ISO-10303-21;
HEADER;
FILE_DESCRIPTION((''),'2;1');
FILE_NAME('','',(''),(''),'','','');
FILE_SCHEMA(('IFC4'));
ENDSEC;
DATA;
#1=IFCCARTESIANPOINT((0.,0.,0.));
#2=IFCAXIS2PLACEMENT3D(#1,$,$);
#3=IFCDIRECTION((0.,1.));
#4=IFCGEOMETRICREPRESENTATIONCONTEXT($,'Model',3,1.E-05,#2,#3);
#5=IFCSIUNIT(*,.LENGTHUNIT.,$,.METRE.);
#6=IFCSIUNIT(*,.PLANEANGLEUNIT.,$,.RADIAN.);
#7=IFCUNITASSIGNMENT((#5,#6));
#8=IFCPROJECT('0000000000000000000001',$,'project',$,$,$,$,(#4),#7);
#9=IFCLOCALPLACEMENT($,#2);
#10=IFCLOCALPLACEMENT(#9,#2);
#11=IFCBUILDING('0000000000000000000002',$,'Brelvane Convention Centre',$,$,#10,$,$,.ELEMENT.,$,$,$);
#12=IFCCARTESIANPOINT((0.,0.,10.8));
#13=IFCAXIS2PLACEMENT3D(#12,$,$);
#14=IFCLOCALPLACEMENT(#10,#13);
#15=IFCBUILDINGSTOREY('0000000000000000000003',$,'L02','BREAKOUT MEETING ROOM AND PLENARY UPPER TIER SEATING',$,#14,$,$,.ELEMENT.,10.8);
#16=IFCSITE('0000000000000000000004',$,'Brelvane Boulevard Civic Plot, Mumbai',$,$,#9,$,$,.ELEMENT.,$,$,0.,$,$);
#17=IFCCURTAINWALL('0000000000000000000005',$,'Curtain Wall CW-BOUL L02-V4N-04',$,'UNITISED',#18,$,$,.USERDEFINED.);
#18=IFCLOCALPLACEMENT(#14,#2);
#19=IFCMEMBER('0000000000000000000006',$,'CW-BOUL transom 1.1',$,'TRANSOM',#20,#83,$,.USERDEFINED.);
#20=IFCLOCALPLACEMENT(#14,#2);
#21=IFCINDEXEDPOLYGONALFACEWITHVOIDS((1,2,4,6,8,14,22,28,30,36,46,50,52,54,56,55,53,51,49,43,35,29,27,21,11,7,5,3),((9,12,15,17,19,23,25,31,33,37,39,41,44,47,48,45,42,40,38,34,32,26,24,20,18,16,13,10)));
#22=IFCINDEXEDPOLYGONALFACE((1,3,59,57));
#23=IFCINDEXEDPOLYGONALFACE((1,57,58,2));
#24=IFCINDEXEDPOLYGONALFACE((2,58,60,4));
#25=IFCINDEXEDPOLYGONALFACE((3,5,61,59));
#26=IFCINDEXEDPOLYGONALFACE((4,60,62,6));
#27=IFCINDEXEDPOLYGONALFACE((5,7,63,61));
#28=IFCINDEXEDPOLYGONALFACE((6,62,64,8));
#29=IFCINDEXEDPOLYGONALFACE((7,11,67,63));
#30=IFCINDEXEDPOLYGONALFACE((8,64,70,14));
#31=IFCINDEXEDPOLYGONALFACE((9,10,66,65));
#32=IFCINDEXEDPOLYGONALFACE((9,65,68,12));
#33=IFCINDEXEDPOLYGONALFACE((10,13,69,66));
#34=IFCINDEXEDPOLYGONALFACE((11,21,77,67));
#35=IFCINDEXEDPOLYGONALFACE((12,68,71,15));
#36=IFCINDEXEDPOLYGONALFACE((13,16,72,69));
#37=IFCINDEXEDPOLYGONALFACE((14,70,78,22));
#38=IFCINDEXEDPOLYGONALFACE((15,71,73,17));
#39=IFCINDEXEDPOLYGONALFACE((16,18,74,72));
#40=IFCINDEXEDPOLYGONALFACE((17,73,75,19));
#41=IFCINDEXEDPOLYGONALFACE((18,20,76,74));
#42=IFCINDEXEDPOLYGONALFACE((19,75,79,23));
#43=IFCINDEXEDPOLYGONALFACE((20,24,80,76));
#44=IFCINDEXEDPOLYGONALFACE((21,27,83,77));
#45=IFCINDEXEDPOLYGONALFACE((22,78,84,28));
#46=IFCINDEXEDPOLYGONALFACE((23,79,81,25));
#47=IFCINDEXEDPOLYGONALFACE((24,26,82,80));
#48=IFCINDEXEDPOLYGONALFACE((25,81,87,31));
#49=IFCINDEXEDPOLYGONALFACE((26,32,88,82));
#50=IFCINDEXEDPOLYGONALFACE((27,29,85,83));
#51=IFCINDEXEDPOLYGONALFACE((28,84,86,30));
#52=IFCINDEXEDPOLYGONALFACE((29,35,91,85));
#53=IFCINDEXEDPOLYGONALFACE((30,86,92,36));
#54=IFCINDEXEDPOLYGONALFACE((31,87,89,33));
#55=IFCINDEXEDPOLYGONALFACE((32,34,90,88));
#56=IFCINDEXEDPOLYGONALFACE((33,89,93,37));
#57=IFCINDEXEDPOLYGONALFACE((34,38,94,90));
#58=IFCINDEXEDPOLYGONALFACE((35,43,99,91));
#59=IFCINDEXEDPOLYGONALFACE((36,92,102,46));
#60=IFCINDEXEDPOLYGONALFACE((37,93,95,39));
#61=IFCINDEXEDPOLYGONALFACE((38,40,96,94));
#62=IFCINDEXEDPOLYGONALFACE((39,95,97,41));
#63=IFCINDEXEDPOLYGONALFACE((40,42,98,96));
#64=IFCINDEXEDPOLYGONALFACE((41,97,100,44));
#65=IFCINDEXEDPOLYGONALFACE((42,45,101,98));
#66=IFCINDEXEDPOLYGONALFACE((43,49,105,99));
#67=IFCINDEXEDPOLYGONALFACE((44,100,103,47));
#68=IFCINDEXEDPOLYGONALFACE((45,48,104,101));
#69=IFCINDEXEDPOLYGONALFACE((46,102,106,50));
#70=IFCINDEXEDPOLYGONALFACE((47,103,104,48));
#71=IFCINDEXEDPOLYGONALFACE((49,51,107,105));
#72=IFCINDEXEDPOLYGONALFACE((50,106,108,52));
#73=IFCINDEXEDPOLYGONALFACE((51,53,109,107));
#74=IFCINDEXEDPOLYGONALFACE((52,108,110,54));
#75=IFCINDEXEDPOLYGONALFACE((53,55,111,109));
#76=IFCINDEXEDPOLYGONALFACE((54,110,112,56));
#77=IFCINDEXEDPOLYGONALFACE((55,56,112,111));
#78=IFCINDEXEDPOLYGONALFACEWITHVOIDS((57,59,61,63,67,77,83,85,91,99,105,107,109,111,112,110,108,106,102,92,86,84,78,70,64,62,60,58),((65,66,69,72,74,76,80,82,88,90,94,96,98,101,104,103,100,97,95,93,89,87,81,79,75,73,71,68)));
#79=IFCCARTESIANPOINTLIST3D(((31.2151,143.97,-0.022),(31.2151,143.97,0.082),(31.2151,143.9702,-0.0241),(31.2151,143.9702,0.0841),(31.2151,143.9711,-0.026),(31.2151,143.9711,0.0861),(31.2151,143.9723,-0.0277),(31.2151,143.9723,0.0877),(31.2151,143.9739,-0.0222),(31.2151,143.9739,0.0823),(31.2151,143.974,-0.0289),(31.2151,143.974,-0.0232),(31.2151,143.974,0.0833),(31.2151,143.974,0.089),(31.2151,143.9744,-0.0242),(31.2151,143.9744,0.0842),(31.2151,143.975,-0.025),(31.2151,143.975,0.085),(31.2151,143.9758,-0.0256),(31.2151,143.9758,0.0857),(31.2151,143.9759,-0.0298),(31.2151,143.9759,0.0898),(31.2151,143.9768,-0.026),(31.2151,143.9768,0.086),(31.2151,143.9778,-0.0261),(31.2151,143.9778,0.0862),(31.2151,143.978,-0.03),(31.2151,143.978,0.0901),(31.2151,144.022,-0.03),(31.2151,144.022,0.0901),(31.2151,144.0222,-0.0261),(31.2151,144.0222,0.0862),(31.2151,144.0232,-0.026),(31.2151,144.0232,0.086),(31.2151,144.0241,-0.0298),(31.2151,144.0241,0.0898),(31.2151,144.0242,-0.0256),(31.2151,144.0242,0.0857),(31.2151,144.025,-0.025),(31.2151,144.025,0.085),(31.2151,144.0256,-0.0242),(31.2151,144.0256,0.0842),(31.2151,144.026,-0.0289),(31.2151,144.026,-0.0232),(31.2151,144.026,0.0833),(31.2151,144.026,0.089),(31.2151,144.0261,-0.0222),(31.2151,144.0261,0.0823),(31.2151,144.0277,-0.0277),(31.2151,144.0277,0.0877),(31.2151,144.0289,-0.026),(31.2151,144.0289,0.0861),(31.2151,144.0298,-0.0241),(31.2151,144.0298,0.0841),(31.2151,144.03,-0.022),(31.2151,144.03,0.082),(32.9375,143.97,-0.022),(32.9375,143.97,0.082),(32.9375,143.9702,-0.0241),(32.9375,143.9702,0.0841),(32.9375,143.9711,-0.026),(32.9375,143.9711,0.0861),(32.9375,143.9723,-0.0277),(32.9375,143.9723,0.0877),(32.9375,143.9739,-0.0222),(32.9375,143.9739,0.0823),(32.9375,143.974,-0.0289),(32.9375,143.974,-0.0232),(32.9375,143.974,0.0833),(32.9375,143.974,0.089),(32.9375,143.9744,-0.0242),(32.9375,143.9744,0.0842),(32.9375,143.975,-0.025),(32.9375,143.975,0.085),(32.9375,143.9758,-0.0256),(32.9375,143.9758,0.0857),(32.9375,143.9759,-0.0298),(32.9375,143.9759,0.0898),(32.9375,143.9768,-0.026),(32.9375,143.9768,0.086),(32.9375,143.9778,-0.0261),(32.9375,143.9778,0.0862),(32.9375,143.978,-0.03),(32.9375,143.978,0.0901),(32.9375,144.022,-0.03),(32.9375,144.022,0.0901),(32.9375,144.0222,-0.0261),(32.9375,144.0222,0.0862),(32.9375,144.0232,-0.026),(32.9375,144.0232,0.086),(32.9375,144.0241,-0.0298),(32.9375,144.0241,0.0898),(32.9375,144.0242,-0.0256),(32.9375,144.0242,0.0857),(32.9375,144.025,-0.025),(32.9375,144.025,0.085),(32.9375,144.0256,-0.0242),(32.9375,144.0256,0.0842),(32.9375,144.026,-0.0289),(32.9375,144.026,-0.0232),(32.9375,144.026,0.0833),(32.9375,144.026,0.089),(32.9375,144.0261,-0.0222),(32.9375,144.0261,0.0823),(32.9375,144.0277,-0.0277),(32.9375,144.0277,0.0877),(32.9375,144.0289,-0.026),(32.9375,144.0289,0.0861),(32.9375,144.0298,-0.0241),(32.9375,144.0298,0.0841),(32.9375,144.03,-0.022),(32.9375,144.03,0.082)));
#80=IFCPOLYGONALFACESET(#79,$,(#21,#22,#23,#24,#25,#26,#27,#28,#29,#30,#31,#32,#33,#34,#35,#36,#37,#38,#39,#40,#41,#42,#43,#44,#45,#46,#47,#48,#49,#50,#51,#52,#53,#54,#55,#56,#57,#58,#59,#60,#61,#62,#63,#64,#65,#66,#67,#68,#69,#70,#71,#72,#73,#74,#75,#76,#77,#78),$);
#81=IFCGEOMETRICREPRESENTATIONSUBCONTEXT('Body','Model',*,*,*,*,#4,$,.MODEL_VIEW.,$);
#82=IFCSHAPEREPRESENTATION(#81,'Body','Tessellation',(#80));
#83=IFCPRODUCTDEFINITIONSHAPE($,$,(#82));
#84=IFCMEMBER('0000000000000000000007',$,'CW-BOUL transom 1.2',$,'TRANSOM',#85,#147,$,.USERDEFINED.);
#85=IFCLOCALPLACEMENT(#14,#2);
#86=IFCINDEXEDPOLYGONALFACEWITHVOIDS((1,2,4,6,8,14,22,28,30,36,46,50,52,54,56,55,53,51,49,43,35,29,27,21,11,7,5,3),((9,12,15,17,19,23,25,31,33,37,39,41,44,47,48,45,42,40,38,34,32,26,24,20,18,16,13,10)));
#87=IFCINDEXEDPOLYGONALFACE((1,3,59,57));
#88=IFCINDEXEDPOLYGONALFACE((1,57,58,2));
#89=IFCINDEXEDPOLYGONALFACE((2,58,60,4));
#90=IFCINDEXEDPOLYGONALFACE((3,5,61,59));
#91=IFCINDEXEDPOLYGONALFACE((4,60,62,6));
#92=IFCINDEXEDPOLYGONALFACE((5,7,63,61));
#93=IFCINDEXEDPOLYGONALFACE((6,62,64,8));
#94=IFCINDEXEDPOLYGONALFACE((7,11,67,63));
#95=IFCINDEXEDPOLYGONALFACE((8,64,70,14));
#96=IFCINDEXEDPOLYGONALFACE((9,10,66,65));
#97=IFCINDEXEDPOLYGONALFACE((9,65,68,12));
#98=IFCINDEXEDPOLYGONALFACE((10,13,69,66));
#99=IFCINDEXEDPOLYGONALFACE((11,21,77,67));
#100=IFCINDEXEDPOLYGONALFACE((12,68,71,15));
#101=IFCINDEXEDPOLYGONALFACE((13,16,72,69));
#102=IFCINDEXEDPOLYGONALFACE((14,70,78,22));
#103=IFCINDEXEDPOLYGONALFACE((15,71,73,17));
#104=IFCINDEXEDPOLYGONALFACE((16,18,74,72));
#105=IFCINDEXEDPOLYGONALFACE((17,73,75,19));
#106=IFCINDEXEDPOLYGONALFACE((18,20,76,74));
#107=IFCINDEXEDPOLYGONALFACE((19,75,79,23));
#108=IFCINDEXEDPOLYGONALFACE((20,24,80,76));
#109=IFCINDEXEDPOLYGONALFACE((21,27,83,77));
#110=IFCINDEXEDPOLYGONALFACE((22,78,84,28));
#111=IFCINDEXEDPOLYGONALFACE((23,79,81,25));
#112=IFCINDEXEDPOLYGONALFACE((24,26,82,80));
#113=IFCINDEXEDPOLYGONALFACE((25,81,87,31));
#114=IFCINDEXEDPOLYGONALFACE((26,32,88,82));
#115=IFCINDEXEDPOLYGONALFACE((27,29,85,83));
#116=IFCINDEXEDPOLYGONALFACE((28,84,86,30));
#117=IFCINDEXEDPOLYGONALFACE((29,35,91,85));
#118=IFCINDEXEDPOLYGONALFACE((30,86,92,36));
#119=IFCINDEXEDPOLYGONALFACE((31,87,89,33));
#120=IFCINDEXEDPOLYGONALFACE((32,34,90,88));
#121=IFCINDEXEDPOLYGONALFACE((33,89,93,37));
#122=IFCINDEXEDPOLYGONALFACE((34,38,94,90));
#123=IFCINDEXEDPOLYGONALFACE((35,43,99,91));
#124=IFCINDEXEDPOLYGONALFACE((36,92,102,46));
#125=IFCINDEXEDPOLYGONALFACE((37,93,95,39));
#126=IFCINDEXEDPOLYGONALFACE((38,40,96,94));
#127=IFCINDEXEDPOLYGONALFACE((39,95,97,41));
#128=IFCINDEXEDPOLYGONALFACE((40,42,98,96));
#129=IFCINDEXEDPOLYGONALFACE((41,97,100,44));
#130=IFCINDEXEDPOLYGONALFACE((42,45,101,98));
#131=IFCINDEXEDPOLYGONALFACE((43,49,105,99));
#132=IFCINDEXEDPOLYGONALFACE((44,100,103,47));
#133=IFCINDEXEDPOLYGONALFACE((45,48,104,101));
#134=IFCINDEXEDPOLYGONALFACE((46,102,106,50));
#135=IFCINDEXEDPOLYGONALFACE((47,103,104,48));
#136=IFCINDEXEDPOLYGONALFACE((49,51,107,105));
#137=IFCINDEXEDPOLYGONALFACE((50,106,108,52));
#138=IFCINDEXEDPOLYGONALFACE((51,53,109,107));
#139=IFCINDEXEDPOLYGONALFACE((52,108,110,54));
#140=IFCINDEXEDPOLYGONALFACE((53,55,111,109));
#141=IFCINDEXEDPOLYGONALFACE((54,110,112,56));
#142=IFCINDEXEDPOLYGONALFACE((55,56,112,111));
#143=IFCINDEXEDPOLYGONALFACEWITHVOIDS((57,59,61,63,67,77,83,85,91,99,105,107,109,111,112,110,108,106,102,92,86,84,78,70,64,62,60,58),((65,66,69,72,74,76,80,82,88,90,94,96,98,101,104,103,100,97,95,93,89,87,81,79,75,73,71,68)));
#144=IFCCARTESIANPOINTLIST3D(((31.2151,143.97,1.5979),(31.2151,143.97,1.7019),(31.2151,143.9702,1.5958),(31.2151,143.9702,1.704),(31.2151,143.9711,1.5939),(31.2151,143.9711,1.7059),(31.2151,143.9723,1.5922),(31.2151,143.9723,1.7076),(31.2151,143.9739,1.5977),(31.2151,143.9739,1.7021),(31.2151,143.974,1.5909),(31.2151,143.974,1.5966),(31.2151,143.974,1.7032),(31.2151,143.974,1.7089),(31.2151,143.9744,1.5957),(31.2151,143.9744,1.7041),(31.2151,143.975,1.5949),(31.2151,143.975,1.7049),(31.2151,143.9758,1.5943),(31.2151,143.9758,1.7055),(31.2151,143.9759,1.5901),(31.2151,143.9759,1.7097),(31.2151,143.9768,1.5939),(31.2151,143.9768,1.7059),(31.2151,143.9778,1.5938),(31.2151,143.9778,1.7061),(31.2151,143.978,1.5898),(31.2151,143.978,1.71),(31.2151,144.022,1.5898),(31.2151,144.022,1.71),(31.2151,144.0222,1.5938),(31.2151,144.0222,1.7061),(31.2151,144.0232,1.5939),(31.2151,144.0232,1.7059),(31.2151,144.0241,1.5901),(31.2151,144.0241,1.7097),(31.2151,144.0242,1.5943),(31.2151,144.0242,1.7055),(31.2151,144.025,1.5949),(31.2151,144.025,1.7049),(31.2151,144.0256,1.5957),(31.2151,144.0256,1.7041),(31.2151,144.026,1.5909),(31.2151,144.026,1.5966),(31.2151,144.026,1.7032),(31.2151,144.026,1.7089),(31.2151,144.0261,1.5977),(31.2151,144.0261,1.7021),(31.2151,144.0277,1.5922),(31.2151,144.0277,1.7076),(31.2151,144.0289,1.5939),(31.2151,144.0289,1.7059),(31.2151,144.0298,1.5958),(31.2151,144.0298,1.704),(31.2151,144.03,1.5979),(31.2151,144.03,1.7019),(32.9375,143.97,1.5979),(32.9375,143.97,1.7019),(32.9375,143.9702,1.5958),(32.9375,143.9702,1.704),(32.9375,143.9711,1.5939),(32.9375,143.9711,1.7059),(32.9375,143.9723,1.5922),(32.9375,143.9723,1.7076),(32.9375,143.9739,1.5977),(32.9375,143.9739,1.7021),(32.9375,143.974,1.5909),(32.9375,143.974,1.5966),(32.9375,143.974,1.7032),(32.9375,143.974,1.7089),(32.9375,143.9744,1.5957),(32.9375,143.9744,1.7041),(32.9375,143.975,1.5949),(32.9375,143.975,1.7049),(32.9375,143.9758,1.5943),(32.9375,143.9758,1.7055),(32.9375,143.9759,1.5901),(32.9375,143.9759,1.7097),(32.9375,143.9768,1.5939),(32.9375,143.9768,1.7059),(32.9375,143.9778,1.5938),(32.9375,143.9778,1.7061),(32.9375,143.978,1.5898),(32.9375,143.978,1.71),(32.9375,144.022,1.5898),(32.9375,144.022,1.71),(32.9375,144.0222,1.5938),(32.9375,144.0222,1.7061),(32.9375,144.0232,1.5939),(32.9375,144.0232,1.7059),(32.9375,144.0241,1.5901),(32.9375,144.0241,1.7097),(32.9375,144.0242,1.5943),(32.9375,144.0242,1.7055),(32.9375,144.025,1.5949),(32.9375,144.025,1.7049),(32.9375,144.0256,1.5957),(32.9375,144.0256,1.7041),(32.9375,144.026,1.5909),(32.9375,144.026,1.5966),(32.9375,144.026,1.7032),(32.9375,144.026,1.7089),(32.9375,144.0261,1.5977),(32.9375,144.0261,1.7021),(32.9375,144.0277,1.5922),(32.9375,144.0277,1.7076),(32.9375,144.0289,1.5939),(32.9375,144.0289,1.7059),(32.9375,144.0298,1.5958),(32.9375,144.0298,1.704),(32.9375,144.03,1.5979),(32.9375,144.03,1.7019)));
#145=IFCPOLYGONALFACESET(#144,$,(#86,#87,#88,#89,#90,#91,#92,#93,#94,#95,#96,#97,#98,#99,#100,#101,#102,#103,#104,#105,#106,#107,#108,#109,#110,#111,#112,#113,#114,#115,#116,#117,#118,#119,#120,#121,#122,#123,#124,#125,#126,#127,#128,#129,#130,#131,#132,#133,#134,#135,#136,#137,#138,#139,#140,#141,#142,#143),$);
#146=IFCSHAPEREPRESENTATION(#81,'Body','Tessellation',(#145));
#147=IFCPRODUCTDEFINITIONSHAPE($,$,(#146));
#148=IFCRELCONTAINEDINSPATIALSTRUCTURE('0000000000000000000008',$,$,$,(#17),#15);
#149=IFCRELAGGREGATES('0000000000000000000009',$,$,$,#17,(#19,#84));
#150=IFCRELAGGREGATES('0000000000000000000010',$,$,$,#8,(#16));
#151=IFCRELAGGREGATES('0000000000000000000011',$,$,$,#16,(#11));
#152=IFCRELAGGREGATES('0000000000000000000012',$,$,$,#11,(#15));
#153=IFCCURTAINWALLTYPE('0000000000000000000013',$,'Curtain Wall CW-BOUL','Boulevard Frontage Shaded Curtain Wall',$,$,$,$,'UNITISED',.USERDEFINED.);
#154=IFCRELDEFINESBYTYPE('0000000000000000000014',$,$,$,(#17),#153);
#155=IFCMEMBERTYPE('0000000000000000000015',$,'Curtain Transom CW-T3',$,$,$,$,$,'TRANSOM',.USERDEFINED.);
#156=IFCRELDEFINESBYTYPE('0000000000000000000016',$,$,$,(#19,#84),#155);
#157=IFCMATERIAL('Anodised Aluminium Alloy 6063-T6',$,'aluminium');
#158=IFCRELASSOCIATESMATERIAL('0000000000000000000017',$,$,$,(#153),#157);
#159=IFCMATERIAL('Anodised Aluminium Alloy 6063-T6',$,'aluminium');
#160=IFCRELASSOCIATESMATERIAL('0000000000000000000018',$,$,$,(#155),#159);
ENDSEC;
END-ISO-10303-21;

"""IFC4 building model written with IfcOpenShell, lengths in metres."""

from ifc_helpers import new_model, si_unit, direction, frame, origin, origin_2d, place, context, subcontext, project, spatial, hollow_rectangle, extrude, material, material_profile, profile_set, type_object, element, aggregate, save


model = new_model("IFC4")

# Units and contexts
model_context = context("Model", 3, precision=1e-05, world=origin(), true_north=direction((0.0, 1.0)))
body_context = subcontext(model_context, "Body", "Model", "MODEL_VIEW")
ifc_project = project(units=[si_unit("LENGTHUNIT", "METRE"), si_unit("PLANEANGLEUNIT", "RADIAN")], contexts=[model_context])

# Site, building, storey
site_placement = place(None, origin())
site = spatial("IfcSite", under=ifc_project, at=site_placement, Name="Brelvane Boulevard Civic Plot, Mumbai", CompositionType="ELEMENT", RefElevation=0.0)
building_placement = place(site_placement, origin())
building = spatial("IfcBuilding", under=site, at=building_placement, Name="Brelvane Convention Centre", CompositionType="ELEMENT")
storey_placement = place(building_placement, frame((0.0, 0.0, 10.8)))
storey = spatial("IfcBuildingStorey", under=building, at=storey_placement, Name="L02", Description="BREAKOUT MEETING ROOM AND PLENARY UPPER TIER SEATING", CompositionType="ELEMENT", Elevation=10.8)

# Curtain wall, members
ifc_material_1 = material(Name="Anodised Aluminium Alloy 6063-T6", Category="aluminium")
curtain_wall_type = type_object("IfcCurtainWallType", Name="Curtain Wall CW-BOUL", Description="Boulevard Frontage Shaded Curtain Wall", ElementType="UNITISED", PredefinedType="USERDEFINED", material=ifc_material_1)
curtain_wall_placement = place(storey_placement, origin())
curtain_wall = element("IfcCurtainWall", 1, at=curtain_wall_placement, inside=storey, type_object=curtain_wall_type, Name="Curtain Wall CW-BOUL L02-V4N-04", ObjectType="UNITISED", PredefinedType="USERDEFINED")
ifc_material_2 = material(Name="Anodised Aluminium Alloy 6063-T6", Category="aluminium")
ifc_material_profile_1 = material_profile(ifc_material_2, hollow_rectangle(XDim=0.0601, YDim=0.1201, WallThickness=0.0039, InnerFilletRadius=0.0039, OuterFilletRadius=0.0081, at=origin_2d()), Name="ALU-T 120x60x4.0")
ifc_profile_set_1 = profile_set([ifc_material_profile_1], Name="Anodised Aluminium Alloy 6063-T6")
member_type_1 = type_object("IfcMemberType", Name="Curtain Transom CW-T3", ElementType="TRANSOM", PredefinedType="USERDEFINED", material=ifc_profile_set_1)
member_1_placement = place(storey_placement, frame((31.2151, 144.0, 0.03), z_axis=(1.0, 0.0, 0.0), x_axis=(0.0, 1.0, 0.0)))
member_1 = element("IfcMember", 2, at=member_1_placement, type_object=member_type_1, Name="CW-BOUL transom 1.1", ObjectType="TRANSOM", PredefinedType="USERDEFINED", context=body_context, shape_type="SweptSolid", body=[
    extrude(hollow_rectangle(XDim=0.0601, YDim=0.1201, WallThickness=0.0039, InnerFilletRadius=0.0039, OuterFilletRadius=0.0081, at=origin_2d()), origin(), (0.0, 0.0, 1.0), 1.7224),
])
member_2_placement = place(storey_placement, frame((31.2151, 144.0, 1.6499), z_axis=(1.0, 0.0, 0.0), x_axis=(0.0, 1.0, 0.0)))
member_2 = element("IfcMember", 3, at=member_2_placement, type_object=member_type_1, Name="CW-BOUL transom 1.2", ObjectType="TRANSOM", PredefinedType="USERDEFINED", context=body_context, shape_type="SweptSolid", body=[
    extrude(hollow_rectangle(XDim=0.0601, YDim=0.1201, WallThickness=0.0039, InnerFilletRadius=0.0039, OuterFilletRadius=0.0081, at=origin_2d()), origin(), (0.0, 0.0, 1.0), 1.7224),
])
aggregate(curtain_wall, [member_1, member_2])

save(model, "model.ifc")
